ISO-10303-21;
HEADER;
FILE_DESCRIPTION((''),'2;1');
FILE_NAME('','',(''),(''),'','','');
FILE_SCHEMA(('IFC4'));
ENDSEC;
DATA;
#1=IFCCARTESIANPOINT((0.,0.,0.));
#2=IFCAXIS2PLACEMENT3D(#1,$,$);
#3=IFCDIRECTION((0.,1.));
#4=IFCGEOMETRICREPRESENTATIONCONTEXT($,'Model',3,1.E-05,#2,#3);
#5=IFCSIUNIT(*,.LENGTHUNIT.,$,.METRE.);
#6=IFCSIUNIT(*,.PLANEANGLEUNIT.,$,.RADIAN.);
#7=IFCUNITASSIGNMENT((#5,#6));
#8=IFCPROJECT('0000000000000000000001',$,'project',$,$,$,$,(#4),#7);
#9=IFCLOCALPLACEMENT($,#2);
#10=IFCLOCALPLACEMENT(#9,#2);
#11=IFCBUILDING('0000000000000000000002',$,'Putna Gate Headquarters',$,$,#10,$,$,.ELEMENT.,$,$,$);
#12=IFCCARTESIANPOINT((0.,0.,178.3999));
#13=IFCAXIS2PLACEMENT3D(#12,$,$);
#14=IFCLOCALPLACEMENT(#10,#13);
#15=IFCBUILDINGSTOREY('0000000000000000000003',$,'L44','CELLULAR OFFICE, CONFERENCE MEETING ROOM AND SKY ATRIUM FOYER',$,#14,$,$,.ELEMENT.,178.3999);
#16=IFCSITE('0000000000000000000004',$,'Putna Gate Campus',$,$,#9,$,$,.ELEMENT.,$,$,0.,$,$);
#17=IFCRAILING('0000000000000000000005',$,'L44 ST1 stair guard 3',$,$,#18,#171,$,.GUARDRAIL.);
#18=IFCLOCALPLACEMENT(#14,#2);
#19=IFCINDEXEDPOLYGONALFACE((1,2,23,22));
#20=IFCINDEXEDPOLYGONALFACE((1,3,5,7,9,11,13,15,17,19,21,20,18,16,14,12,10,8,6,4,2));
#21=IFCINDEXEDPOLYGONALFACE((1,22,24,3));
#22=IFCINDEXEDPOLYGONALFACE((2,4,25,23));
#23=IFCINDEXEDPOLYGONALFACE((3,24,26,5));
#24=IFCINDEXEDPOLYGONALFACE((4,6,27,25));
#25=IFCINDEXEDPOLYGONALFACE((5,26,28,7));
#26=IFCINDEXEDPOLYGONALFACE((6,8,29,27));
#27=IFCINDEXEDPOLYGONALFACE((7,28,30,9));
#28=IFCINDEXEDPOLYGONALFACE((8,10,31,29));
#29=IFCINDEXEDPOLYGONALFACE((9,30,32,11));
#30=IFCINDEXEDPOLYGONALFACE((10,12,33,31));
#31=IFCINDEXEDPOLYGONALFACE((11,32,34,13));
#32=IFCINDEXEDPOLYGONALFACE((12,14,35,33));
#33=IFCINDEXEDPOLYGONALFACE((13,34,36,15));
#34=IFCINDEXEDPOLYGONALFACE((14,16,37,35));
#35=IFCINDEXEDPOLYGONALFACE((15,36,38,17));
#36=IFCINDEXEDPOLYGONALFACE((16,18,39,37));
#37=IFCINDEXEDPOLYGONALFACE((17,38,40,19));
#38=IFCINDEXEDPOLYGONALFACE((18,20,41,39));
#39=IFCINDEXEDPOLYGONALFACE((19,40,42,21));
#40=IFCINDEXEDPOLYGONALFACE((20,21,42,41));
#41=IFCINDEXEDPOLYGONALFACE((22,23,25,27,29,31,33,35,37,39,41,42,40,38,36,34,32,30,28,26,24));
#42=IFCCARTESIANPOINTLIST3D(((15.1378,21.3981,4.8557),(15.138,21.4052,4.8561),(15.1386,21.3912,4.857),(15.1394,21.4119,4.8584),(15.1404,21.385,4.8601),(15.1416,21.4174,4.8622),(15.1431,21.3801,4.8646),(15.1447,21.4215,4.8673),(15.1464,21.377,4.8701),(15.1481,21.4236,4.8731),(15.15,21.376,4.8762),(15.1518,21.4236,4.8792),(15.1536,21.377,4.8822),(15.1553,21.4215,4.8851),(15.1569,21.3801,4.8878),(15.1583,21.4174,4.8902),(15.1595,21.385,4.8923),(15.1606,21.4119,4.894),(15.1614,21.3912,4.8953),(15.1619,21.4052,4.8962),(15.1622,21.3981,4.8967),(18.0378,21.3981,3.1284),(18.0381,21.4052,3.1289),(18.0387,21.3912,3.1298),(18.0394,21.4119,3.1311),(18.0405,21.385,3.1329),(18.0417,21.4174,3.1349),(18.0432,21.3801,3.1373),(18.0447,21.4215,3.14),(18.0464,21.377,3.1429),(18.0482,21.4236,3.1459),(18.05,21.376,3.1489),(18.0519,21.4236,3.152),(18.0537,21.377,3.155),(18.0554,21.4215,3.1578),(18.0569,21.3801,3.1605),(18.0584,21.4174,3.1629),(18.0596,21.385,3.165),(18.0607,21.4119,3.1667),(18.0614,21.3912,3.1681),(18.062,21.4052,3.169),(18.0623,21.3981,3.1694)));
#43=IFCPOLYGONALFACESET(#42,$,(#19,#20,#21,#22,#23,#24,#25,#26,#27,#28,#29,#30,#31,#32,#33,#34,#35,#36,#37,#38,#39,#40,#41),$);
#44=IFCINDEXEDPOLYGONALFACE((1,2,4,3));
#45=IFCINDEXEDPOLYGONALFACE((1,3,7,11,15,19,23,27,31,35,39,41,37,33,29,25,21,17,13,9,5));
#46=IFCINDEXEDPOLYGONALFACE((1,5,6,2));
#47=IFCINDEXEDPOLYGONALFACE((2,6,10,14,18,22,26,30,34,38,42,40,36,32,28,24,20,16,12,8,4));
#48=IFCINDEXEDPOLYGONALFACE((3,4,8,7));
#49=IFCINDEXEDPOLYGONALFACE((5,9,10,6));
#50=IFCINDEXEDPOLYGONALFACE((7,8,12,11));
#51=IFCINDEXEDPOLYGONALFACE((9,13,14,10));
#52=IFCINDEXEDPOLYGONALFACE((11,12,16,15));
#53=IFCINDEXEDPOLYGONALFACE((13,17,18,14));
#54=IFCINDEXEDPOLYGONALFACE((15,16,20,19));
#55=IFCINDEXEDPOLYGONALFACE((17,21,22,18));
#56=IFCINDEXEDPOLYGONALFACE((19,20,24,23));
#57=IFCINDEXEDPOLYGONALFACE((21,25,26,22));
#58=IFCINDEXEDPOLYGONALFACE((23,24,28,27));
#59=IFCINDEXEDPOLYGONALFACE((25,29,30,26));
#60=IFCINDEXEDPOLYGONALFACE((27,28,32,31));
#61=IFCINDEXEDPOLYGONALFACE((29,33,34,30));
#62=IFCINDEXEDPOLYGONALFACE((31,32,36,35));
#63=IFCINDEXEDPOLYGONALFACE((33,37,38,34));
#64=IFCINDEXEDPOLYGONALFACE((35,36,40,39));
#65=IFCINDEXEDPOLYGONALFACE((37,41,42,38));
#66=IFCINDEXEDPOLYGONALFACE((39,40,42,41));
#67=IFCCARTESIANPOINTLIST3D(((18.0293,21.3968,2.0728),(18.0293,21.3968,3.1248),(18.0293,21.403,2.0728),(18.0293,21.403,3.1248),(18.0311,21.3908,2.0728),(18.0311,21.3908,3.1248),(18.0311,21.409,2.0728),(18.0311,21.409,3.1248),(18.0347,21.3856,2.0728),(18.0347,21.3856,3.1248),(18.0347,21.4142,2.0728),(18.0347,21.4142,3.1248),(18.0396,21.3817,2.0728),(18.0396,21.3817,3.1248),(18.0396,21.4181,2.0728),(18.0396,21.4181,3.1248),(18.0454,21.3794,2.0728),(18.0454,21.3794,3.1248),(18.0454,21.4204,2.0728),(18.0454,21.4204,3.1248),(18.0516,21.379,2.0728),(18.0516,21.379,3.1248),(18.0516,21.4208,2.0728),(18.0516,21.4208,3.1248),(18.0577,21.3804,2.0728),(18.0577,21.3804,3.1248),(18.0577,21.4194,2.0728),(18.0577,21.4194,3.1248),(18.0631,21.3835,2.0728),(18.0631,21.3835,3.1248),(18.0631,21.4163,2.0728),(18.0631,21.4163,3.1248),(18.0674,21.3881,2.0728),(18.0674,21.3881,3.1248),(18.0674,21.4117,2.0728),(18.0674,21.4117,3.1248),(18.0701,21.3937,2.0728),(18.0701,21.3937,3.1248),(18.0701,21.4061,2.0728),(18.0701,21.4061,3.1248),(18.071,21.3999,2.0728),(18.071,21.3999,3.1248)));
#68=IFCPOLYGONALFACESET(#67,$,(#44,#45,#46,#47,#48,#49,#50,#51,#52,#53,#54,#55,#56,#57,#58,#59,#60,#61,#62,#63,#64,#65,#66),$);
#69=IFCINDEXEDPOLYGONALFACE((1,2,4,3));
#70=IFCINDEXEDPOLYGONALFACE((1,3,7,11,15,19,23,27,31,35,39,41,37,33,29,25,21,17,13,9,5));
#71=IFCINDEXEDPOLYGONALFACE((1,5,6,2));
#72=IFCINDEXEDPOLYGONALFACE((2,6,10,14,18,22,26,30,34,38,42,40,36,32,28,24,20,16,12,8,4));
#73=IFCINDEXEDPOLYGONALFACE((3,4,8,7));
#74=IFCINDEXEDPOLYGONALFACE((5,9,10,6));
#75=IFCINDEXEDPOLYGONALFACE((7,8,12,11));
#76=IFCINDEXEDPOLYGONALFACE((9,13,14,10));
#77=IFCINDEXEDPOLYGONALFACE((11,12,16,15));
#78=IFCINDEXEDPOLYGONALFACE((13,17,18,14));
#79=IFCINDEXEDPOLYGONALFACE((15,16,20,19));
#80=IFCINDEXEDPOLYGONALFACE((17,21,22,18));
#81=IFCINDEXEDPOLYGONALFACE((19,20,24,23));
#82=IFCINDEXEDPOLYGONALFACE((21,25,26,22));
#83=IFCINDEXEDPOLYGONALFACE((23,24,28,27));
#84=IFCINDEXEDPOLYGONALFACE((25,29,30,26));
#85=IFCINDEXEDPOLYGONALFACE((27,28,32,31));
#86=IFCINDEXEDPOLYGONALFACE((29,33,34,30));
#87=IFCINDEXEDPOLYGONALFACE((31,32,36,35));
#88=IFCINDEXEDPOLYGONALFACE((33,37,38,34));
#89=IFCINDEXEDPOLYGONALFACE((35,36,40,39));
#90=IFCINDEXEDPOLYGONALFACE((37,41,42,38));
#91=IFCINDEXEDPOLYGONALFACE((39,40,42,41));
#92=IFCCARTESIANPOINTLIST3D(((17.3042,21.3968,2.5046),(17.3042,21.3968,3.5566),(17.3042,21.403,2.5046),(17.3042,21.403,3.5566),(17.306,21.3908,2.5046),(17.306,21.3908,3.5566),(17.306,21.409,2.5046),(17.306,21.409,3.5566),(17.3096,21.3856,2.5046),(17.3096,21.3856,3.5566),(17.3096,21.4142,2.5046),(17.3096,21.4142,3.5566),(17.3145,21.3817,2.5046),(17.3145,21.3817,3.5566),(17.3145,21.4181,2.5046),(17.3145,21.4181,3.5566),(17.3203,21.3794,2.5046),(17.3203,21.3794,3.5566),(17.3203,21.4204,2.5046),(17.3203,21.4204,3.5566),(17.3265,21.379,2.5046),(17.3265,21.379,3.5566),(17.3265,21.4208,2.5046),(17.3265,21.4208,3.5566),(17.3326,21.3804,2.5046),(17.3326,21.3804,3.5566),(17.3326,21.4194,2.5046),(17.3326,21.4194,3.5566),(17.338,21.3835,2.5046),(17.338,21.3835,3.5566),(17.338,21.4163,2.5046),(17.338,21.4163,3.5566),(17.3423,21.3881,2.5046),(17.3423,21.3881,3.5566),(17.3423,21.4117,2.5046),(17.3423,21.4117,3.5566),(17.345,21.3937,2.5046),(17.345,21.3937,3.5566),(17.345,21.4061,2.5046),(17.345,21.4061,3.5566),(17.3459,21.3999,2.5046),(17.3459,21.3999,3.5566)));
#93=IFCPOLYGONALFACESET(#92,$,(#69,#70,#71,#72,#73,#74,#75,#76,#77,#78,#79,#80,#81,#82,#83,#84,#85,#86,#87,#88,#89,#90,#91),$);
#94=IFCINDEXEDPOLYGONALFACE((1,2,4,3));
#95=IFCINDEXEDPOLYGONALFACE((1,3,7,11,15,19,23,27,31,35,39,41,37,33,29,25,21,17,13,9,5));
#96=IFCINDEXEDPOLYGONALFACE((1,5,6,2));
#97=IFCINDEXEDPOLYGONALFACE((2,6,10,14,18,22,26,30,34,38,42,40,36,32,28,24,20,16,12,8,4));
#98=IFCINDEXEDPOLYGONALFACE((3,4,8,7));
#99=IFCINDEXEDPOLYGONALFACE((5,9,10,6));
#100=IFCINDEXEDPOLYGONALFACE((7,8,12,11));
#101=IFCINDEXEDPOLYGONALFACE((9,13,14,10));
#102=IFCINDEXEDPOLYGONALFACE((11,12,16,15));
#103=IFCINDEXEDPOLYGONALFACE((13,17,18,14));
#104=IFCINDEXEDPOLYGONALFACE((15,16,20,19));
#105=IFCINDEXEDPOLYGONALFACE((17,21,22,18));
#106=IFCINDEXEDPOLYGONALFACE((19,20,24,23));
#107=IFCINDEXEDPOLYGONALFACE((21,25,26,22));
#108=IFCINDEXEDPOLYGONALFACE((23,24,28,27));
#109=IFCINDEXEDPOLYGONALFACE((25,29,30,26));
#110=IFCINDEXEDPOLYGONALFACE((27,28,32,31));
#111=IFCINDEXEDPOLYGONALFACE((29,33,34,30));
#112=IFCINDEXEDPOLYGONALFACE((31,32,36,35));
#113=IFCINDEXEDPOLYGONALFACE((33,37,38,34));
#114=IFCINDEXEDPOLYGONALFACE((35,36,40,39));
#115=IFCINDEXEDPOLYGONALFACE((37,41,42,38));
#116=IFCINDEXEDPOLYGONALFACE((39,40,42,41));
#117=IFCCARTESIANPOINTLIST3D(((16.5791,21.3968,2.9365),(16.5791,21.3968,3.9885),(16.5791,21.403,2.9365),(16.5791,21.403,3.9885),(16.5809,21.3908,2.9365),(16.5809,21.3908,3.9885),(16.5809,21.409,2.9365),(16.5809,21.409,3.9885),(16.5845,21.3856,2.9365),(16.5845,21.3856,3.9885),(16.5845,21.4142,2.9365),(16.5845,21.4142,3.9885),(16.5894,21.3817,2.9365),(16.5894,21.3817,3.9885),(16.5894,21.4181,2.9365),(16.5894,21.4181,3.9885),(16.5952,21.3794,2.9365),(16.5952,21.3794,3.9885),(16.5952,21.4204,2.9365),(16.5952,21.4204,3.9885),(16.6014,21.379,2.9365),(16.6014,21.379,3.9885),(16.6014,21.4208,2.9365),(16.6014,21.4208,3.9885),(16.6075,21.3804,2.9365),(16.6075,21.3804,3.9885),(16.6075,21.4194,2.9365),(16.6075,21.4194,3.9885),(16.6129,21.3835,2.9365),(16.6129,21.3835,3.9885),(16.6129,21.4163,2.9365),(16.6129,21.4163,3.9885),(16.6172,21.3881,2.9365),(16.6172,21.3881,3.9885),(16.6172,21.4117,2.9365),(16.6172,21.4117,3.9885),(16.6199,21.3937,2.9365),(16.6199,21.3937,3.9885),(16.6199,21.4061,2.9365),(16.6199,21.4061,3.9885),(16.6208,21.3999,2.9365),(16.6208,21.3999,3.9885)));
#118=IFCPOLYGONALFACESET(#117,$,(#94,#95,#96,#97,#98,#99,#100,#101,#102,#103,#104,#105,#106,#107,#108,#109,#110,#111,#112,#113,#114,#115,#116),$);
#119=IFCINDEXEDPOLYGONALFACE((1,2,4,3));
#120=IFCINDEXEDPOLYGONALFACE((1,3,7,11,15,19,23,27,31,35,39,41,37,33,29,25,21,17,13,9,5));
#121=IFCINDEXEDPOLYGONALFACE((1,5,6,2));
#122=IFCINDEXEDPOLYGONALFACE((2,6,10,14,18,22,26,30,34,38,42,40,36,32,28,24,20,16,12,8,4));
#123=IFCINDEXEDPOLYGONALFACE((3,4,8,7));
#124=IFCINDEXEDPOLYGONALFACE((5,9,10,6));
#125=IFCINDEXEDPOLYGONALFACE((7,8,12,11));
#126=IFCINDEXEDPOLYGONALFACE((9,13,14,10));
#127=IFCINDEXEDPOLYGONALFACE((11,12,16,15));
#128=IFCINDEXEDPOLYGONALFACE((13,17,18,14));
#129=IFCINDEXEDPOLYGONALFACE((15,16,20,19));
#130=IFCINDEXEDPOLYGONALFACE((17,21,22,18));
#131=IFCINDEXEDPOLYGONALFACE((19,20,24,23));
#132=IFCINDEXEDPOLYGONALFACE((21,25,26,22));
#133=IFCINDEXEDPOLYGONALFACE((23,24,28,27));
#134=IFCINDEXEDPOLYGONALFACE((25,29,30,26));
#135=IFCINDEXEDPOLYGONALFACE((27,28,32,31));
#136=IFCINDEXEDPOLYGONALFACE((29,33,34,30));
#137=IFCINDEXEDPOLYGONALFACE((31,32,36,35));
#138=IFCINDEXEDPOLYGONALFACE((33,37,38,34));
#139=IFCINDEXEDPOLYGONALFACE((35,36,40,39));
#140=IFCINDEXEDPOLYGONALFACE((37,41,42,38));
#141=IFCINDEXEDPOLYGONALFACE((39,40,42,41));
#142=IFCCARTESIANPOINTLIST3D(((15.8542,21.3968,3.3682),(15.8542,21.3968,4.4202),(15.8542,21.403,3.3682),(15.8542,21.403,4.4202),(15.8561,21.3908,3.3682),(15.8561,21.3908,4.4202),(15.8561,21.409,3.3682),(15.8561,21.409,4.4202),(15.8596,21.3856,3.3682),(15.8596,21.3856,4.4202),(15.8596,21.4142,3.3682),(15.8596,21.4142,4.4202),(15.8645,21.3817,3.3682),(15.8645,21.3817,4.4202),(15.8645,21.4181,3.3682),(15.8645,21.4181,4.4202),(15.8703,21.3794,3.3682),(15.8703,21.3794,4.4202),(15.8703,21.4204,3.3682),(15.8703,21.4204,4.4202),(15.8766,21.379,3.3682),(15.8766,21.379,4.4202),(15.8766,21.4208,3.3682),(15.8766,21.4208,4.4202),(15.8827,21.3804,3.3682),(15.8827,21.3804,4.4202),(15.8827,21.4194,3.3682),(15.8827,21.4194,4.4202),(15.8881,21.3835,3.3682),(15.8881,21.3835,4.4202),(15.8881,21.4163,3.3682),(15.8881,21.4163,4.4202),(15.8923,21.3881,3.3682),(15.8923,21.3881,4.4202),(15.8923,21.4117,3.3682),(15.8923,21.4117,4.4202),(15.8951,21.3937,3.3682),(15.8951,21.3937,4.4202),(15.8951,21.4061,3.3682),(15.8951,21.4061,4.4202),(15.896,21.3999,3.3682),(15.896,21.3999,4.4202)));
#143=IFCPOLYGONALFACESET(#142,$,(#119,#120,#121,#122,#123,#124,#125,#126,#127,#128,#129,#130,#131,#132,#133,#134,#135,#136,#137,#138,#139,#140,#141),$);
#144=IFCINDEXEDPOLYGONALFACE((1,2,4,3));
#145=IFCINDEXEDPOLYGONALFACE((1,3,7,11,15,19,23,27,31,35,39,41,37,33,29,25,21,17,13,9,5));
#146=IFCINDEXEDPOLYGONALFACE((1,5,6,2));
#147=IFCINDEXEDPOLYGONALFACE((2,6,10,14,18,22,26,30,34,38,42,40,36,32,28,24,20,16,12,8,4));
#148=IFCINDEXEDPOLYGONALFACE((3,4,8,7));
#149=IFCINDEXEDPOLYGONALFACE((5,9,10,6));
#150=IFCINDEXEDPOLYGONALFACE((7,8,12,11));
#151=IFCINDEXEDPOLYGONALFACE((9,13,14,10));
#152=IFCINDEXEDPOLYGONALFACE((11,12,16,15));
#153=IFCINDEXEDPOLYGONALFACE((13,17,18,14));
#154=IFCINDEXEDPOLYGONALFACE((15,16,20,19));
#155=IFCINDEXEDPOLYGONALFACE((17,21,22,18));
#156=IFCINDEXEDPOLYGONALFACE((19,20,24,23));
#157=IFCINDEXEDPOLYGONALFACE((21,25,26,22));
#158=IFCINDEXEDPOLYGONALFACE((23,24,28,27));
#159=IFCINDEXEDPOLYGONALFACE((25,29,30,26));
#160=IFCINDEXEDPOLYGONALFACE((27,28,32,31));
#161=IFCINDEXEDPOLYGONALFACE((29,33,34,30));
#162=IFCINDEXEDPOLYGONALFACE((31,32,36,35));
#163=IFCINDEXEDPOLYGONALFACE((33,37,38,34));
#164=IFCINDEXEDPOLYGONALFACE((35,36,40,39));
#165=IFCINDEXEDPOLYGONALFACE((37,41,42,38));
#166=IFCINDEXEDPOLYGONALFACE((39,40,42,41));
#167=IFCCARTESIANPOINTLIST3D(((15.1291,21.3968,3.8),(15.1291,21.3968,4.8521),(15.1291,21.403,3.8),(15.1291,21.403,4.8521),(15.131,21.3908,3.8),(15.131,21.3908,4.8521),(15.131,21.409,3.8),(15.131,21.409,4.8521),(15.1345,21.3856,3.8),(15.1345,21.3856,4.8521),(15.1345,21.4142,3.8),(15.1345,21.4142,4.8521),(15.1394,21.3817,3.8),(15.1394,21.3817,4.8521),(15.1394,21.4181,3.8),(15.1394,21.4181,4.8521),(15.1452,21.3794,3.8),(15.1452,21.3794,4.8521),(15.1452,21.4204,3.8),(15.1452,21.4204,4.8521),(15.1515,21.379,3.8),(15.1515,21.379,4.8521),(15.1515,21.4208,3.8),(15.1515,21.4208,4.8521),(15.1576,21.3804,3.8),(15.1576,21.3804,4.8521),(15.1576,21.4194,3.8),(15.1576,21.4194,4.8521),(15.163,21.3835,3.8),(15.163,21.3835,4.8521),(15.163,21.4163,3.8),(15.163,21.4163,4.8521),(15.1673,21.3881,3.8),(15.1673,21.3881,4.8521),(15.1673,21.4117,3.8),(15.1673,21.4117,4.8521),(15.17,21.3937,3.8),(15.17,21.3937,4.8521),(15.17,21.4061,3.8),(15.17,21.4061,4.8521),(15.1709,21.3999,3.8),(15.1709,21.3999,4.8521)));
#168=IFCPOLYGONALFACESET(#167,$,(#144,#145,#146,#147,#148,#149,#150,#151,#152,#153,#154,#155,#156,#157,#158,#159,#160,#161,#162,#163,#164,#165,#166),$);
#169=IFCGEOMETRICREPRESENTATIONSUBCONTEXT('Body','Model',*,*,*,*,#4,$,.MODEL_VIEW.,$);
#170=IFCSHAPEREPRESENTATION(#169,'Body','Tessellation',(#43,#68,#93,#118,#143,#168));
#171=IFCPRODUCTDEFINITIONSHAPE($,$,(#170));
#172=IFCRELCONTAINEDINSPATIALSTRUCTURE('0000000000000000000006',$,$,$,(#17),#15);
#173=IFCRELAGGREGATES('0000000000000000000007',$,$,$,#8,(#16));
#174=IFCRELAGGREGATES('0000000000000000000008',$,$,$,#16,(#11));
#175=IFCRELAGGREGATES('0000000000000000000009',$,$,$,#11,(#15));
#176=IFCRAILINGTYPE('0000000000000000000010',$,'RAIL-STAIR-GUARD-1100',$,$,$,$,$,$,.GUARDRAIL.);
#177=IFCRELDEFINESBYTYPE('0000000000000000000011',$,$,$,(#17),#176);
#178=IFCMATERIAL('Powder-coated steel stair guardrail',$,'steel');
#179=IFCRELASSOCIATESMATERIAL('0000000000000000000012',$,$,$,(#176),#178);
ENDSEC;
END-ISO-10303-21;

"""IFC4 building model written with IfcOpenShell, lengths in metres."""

from ifc_helpers import new_model, si_unit, direction, frame, origin, origin_2d, place, context, subcontext, project, spatial, circle, extrude, material, type_object, element, save


model = new_model("IFC4")

# Units and contexts
model_context = context("Model", 3, precision=1e-05, world=origin(), true_north=direction((0.0, 1.0)))
body_context = subcontext(model_context, "Body", "Model", "MODEL_VIEW")
ifc_project = project(units=[si_unit("LENGTHUNIT", "METRE"), si_unit("PLANEANGLEUNIT", "RADIAN")], contexts=[model_context])

# Site, building, storey
site_placement = place(None, origin())
site = spatial("IfcSite", under=ifc_project, at=site_placement, Name="Putna Gate Campus", CompositionType="ELEMENT", RefElevation=0.0)
building_placement = place(site_placement, origin())
building = spatial("IfcBuilding", under=site, at=building_placement, Name="Putna Gate Headquarters", CompositionType="ELEMENT")
storey_placement = place(building_placement, frame((0.0, 0.0, 178.3999)))
storey = spatial("IfcBuildingStorey", under=building, at=storey_placement, Name="L44", Description="CELLULAR OFFICE, CONFERENCE MEETING ROOM AND SKY ATRIUM FOYER", CompositionType="ELEMENT", Elevation=178.3999)

# Railing
ifc_material_1 = material(Name="Powder-coated steel stair guardrail", Category="steel")
railing_type = type_object("IfcRailingType", Name="RAIL-STAIR-GUARD-1100", PredefinedType="GUARDRAIL", material=ifc_material_1)
railing_1_placement = place(storey_placement, frame((18.05, 21.3999, 2.0728)))
element("IfcRailing", 1, at=railing_1_placement, inside=storey, type_object=railing_type, Name="L44 ST1 stair guard 3", PredefinedType="GUARDRAIL", context=body_context, shape_type="SweptSolid", body=[
    extrude(circle(Radius=0.0239, at=origin_2d()), frame((0.0, 0.0, 1.0762), z_axis=(-0.85916, 0.0, 0.511706), x_axis=(0.0, -1.0, 0.0)), (0.0, 0.0, 1.0), 3.3755),
    extrude(circle(Radius=0.021, at=origin_2d()), origin(), (0.0, 0.0, 1.0), 1.052),
    extrude(circle(Radius=0.021, at=origin_2d()), frame((-0.7251, 0.0, 0.4319)), (0.0, 0.0, 1.0), 1.052),
    extrude(circle(Radius=0.021, at=origin_2d()), frame((-1.4502, 0.0, 0.8638)), (0.0, 0.0, 1.0), 1.052),
    extrude(circle(Radius=0.021, at=origin_2d()), frame((-2.175, 0.0, 1.2954)), (0.0, 0.0, 1.0), 1.052),
    extrude(circle(Radius=0.021, at=origin_2d()), frame((-2.9001, 0.0, 1.7273)), (0.0, 0.0, 1.0), 1.052),
])

save(model, "model.ifc")
